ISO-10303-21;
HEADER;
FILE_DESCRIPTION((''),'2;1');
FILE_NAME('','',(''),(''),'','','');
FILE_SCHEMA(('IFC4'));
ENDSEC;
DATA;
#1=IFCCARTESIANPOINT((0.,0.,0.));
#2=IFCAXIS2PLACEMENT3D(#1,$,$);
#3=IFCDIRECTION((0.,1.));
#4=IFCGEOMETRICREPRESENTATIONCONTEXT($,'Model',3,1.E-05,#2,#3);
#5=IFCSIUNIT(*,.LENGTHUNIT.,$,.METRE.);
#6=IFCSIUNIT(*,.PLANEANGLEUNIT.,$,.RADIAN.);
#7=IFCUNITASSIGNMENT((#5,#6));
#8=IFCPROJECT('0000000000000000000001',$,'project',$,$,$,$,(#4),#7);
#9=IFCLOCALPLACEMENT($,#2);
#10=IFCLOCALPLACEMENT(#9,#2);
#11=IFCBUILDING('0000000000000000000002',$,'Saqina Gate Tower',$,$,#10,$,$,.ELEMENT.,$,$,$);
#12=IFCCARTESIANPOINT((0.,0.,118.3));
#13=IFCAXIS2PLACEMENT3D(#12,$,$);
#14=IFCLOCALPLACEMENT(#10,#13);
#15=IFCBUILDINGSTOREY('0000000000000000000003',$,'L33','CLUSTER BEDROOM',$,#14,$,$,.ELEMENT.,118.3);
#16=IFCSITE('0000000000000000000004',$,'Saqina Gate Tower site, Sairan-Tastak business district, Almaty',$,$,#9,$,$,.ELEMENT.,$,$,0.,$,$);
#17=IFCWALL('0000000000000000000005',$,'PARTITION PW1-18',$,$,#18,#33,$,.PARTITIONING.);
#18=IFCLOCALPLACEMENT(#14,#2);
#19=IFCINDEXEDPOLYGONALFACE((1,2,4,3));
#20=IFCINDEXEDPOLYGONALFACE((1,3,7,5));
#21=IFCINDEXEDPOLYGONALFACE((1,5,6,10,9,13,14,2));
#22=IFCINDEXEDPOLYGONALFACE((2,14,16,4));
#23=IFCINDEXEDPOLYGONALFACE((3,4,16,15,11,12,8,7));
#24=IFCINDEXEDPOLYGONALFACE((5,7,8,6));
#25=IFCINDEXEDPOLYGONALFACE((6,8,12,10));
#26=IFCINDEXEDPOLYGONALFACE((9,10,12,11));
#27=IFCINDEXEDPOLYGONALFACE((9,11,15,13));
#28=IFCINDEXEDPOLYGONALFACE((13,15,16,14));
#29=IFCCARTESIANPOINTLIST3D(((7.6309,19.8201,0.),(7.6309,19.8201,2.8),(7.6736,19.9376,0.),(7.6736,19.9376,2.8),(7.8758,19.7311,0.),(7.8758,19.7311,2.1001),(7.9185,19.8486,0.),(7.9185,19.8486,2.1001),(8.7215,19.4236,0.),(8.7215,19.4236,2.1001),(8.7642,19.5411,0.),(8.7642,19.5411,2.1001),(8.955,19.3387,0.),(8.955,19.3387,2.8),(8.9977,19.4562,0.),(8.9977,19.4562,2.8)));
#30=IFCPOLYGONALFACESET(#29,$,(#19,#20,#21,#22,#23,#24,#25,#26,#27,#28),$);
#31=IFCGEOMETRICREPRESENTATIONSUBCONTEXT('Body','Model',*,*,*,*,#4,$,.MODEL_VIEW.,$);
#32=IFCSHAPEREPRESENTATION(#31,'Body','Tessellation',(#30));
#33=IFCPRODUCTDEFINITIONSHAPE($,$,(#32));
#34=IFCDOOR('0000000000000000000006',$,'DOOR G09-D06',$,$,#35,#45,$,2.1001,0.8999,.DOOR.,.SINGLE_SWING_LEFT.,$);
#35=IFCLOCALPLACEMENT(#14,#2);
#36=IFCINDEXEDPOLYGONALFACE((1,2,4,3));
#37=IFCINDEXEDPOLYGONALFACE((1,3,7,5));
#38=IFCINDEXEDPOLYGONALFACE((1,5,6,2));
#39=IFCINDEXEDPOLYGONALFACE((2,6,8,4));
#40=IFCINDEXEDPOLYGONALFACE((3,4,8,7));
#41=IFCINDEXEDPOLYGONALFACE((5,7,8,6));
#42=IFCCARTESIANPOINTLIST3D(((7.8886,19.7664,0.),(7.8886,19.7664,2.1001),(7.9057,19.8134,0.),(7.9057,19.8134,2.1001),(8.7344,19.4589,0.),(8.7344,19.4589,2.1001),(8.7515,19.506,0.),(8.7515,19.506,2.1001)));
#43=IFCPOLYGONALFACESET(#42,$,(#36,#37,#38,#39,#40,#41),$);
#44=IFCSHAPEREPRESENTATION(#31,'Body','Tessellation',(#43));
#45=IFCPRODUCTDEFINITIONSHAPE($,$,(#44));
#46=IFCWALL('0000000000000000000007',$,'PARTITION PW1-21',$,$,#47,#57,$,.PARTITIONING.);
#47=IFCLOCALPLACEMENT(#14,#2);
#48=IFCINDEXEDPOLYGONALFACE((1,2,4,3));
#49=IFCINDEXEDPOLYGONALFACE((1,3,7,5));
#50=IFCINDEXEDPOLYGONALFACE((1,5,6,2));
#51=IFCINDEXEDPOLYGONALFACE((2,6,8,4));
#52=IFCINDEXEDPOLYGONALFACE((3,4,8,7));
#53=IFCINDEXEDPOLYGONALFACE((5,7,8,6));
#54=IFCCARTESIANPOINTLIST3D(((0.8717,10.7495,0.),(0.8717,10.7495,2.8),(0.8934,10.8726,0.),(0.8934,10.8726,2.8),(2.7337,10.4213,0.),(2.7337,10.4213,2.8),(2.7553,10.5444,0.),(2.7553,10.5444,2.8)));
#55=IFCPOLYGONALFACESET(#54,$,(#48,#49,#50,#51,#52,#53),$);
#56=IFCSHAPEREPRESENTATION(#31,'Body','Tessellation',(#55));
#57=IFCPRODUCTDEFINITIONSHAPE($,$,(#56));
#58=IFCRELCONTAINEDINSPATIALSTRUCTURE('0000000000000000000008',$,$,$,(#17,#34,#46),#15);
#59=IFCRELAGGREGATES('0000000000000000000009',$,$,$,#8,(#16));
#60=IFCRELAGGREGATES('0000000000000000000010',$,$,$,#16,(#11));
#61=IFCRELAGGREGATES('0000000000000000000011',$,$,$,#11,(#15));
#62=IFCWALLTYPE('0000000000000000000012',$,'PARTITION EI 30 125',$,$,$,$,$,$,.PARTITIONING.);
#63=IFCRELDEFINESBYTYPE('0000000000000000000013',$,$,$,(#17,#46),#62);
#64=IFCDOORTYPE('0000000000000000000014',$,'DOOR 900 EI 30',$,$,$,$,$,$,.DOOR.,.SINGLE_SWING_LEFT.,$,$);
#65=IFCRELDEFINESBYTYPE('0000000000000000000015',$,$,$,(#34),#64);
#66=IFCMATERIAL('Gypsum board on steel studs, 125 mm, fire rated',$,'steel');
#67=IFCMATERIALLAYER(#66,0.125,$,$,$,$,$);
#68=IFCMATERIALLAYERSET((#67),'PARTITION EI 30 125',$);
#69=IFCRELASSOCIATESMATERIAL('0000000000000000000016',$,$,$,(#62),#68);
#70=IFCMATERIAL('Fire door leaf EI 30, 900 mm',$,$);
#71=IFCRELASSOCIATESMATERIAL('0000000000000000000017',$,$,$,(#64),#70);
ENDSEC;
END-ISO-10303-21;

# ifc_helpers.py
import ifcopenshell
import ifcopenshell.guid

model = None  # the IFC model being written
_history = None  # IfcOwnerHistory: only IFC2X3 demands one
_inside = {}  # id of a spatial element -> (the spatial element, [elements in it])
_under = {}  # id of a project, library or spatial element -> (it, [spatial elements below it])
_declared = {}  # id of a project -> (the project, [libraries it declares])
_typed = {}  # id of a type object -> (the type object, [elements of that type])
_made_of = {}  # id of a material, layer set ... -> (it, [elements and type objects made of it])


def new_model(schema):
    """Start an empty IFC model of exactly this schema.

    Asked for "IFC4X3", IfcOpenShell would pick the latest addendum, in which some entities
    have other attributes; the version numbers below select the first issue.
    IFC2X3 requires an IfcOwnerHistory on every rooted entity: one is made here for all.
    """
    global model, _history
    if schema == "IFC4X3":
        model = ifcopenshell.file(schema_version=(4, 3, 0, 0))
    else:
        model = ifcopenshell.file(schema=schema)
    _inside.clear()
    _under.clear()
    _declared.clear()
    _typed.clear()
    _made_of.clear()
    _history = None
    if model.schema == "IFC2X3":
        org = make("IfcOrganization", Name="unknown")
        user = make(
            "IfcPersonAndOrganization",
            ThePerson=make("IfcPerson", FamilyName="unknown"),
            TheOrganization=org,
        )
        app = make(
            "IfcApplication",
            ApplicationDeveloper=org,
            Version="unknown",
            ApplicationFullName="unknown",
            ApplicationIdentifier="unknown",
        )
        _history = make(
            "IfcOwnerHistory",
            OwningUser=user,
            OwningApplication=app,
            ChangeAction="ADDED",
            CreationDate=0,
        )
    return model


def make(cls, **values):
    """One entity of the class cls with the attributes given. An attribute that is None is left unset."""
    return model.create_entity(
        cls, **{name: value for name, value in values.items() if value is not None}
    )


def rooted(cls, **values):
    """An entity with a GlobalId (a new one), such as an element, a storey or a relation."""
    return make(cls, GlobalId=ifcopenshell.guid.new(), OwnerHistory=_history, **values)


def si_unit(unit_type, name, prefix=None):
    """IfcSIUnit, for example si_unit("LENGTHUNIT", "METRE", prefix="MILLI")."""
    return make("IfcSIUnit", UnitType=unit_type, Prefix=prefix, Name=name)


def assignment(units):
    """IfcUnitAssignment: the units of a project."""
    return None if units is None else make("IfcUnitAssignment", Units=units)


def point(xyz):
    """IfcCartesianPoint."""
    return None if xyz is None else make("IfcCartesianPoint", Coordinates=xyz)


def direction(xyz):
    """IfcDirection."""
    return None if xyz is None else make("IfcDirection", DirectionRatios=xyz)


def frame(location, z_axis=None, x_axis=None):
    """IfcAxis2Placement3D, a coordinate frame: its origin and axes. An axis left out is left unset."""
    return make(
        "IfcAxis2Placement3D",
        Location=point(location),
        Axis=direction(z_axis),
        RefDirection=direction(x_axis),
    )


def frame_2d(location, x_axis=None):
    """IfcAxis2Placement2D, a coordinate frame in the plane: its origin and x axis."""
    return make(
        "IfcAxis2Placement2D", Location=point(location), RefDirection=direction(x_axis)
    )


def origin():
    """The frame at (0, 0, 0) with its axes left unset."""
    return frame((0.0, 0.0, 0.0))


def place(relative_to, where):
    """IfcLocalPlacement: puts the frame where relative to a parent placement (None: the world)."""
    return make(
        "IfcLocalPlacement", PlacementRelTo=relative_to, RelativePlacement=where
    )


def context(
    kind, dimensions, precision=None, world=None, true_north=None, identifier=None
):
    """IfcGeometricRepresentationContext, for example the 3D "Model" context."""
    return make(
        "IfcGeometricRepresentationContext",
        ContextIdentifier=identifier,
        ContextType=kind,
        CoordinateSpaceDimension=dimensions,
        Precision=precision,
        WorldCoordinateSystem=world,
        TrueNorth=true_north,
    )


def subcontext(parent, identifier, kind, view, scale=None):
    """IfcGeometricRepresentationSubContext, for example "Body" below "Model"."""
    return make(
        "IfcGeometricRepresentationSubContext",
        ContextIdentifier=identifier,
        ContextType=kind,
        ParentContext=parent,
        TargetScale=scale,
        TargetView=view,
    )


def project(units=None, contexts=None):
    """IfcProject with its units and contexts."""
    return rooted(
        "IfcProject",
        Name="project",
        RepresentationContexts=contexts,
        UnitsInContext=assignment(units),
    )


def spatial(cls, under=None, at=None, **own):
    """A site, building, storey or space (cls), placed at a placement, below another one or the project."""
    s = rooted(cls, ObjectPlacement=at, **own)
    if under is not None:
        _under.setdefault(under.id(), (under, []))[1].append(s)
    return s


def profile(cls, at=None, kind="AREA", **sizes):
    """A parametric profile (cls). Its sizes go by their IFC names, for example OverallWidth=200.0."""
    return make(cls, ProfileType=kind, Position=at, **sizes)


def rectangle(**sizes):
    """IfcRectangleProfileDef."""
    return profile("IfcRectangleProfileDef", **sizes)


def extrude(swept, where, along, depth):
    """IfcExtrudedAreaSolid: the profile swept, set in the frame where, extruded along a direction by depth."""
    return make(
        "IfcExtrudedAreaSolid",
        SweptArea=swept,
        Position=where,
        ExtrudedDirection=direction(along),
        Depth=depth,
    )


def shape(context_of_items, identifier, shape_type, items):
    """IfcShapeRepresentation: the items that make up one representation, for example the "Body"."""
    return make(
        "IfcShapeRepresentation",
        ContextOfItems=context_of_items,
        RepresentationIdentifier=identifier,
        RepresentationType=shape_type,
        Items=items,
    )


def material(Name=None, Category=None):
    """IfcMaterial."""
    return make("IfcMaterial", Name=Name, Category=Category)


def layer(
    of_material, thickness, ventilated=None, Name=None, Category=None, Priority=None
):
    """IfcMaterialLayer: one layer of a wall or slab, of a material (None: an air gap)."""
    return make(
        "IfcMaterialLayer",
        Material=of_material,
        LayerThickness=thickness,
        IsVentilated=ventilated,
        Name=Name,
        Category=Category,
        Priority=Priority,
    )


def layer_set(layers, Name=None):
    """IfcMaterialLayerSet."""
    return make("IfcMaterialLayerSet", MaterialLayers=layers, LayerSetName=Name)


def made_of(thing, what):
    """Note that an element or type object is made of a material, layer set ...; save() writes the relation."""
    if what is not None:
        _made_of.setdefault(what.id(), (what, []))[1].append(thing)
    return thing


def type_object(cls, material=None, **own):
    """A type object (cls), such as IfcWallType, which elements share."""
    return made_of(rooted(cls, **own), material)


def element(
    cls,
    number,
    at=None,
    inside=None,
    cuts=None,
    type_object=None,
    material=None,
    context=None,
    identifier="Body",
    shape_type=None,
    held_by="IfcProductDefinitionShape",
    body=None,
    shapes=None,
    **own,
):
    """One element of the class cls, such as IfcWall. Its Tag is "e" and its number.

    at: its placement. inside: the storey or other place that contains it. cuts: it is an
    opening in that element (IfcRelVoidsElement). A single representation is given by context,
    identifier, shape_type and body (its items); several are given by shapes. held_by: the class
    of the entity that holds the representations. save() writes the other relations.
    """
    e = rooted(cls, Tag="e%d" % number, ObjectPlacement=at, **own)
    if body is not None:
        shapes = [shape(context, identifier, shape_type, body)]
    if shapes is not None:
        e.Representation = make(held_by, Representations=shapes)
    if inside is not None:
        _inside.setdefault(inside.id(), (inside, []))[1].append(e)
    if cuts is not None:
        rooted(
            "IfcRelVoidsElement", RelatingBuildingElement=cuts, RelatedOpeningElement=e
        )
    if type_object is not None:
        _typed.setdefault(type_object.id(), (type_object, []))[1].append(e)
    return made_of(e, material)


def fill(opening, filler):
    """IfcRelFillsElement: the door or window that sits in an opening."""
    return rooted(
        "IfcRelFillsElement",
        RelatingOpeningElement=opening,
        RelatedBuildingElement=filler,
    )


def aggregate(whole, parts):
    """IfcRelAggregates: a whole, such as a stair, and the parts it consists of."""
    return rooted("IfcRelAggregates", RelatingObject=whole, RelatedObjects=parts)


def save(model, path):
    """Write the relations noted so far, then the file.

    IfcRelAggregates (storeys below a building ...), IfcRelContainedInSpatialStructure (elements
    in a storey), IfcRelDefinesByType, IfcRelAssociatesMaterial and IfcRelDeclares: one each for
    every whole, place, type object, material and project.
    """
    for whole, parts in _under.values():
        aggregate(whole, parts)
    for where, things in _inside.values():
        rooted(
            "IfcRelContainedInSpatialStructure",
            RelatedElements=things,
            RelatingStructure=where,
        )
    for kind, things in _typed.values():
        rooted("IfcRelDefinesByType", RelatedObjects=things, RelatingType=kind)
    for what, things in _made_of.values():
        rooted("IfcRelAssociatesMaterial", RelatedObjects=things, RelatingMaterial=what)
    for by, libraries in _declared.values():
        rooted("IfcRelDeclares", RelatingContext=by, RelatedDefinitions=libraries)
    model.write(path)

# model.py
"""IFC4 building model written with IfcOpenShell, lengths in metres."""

from ifc_helpers import new_model, si_unit, direction, frame, frame_2d, origin, place, context, subcontext, project, spatial, rectangle, extrude, material, layer, layer_set, type_object, element, fill, save


model = new_model("IFC4")

# Units and contexts
model_context = context("Model", 3, precision=1e-05, world=origin(), true_north=direction((0.0, 1.0)))
body_context = subcontext(model_context, "Body", "Model", "MODEL_VIEW")
ifc_project = project(units=[si_unit("LENGTHUNIT", "METRE"), si_unit("PLANEANGLEUNIT", "RADIAN")], contexts=[model_context])

# Site, building, storey
site_placement = place(None, origin())
site = spatial("IfcSite", under=ifc_project, at=site_placement, Name="Saqina Gate Tower site, Sairan-Tastak business district, Almaty", CompositionType="ELEMENT", RefElevation=0.0)
building_placement = place(site_placement, origin())
building = spatial("IfcBuilding", under=site, at=building_placement, Name="Saqina Gate Tower", CompositionType="ELEMENT")
storey_placement = place(building_placement, frame((0.0, 0.0, 118.3)))
storey = spatial("IfcBuildingStorey", under=building, at=storey_placement, Name="L33", Description="CLUSTER BEDROOM", CompositionType="ELEMENT", Elevation=118.3)

# Shared definitions
ifc_material_1 = material(Name="Gypsum board on steel studs, 125 mm, fire rated", Category="steel")
ifc_layer_1 = layer(ifc_material_1, 0.125)
ifc_layer_set_1 = layer_set([ifc_layer_1], Name="PARTITION EI 30 125")
wall_type_1 = type_object("IfcWallType", Name="PARTITION EI 30 125", PredefinedType="PARTITIONING", material=ifc_layer_set_1)

# Wall, opening, door
wall_1_placement = place(storey_placement, frame((7.6521, 19.8789, 0.0), z_axis=(0.0, 0.0, 1.0), x_axis=(0.939814, -0.341687, 0.0)))
wall_1 = element("IfcWall", 1, at=wall_1_placement, inside=storey, type_object=wall_type_1, Name="PARTITION PW1-18", PredefinedType="PARTITIONING", context=body_context, shape_type="SweptSolid", body=[
    extrude(rectangle(XDim=1.4089, YDim=0.125, at=frame_2d((0.7046, 0.0))), origin(), (0.0, 0.0, 1.0), 2.8),
])
opening_1_placement = place(wall_1_placement, frame((0.2607, 0.0, 0.0)))
opening_1 = element("IfcOpeningElement", 2, at=opening_1_placement, cuts=wall_1, PredefinedType="OPENING", context=body_context, shape_type="SweptSolid", body=[
    extrude(rectangle(XDim=0.8999, YDim=2.1001, at=frame_2d((0.45, 1.05))), frame((0.0, 0.0745, 0.0), z_axis=(0.0, -1.0, 0.0), x_axis=(1.0, 0.0, 0.0)), (0.0, 0.0, 1.0), 0.1489),
])
ifc_material_2 = material(Name="Fire door leaf EI 30, 900 mm")
door_type_1 = type_object("IfcDoorType", Name="DOOR 900 EI 30", OperationType="SINGLE_SWING_LEFT", PredefinedType="DOOR", material=ifc_material_2)
door_1_placement = place(opening_1_placement, frame((0.8999, 0.0, 0.0), z_axis=(0.0, 0.0, 1.0), x_axis=(-1.0, 0.0, 0.0)))
door_1 = element("IfcDoor", 3, at=door_1_placement, inside=storey, type_object=door_type_1, Name="DOOR G09-D06", OperationType="SINGLE_SWING_LEFT", OverallHeight=2.1001, OverallWidth=0.8999, PredefinedType="DOOR", context=body_context, shape_type="SweptSolid", body=[
    extrude(rectangle(XDim=0.8999, YDim=2.1001, at=frame_2d((0.45, 1.05))), frame((0.0, 0.0249, 0.0), z_axis=(0.0, -1.0, 0.0), x_axis=(1.0, 0.0, 0.0)), (0.0, 0.0, 1.0), 0.05),
])
fill(opening_1, door_1)

# Wall
wall_2_placement = place(storey_placement, frame((0.8826, 10.811, 0.0), z_axis=(0.0, 0.0, 1.0), x_axis=(0.984823, -0.173564, 0.0)))
element("IfcWall", 4, at=wall_2_placement, inside=storey, type_object=wall_type_1, Name="PARTITION PW1-21", PredefinedType="PARTITIONING", context=body_context, shape_type="SweptSolid", body=[
    extrude(rectangle(XDim=1.8906, YDim=0.125, at=frame_2d((0.9453, 0.0))), origin(), (0.0, 0.0, 1.0), 2.8),
])

save(model, "model.ifc")
